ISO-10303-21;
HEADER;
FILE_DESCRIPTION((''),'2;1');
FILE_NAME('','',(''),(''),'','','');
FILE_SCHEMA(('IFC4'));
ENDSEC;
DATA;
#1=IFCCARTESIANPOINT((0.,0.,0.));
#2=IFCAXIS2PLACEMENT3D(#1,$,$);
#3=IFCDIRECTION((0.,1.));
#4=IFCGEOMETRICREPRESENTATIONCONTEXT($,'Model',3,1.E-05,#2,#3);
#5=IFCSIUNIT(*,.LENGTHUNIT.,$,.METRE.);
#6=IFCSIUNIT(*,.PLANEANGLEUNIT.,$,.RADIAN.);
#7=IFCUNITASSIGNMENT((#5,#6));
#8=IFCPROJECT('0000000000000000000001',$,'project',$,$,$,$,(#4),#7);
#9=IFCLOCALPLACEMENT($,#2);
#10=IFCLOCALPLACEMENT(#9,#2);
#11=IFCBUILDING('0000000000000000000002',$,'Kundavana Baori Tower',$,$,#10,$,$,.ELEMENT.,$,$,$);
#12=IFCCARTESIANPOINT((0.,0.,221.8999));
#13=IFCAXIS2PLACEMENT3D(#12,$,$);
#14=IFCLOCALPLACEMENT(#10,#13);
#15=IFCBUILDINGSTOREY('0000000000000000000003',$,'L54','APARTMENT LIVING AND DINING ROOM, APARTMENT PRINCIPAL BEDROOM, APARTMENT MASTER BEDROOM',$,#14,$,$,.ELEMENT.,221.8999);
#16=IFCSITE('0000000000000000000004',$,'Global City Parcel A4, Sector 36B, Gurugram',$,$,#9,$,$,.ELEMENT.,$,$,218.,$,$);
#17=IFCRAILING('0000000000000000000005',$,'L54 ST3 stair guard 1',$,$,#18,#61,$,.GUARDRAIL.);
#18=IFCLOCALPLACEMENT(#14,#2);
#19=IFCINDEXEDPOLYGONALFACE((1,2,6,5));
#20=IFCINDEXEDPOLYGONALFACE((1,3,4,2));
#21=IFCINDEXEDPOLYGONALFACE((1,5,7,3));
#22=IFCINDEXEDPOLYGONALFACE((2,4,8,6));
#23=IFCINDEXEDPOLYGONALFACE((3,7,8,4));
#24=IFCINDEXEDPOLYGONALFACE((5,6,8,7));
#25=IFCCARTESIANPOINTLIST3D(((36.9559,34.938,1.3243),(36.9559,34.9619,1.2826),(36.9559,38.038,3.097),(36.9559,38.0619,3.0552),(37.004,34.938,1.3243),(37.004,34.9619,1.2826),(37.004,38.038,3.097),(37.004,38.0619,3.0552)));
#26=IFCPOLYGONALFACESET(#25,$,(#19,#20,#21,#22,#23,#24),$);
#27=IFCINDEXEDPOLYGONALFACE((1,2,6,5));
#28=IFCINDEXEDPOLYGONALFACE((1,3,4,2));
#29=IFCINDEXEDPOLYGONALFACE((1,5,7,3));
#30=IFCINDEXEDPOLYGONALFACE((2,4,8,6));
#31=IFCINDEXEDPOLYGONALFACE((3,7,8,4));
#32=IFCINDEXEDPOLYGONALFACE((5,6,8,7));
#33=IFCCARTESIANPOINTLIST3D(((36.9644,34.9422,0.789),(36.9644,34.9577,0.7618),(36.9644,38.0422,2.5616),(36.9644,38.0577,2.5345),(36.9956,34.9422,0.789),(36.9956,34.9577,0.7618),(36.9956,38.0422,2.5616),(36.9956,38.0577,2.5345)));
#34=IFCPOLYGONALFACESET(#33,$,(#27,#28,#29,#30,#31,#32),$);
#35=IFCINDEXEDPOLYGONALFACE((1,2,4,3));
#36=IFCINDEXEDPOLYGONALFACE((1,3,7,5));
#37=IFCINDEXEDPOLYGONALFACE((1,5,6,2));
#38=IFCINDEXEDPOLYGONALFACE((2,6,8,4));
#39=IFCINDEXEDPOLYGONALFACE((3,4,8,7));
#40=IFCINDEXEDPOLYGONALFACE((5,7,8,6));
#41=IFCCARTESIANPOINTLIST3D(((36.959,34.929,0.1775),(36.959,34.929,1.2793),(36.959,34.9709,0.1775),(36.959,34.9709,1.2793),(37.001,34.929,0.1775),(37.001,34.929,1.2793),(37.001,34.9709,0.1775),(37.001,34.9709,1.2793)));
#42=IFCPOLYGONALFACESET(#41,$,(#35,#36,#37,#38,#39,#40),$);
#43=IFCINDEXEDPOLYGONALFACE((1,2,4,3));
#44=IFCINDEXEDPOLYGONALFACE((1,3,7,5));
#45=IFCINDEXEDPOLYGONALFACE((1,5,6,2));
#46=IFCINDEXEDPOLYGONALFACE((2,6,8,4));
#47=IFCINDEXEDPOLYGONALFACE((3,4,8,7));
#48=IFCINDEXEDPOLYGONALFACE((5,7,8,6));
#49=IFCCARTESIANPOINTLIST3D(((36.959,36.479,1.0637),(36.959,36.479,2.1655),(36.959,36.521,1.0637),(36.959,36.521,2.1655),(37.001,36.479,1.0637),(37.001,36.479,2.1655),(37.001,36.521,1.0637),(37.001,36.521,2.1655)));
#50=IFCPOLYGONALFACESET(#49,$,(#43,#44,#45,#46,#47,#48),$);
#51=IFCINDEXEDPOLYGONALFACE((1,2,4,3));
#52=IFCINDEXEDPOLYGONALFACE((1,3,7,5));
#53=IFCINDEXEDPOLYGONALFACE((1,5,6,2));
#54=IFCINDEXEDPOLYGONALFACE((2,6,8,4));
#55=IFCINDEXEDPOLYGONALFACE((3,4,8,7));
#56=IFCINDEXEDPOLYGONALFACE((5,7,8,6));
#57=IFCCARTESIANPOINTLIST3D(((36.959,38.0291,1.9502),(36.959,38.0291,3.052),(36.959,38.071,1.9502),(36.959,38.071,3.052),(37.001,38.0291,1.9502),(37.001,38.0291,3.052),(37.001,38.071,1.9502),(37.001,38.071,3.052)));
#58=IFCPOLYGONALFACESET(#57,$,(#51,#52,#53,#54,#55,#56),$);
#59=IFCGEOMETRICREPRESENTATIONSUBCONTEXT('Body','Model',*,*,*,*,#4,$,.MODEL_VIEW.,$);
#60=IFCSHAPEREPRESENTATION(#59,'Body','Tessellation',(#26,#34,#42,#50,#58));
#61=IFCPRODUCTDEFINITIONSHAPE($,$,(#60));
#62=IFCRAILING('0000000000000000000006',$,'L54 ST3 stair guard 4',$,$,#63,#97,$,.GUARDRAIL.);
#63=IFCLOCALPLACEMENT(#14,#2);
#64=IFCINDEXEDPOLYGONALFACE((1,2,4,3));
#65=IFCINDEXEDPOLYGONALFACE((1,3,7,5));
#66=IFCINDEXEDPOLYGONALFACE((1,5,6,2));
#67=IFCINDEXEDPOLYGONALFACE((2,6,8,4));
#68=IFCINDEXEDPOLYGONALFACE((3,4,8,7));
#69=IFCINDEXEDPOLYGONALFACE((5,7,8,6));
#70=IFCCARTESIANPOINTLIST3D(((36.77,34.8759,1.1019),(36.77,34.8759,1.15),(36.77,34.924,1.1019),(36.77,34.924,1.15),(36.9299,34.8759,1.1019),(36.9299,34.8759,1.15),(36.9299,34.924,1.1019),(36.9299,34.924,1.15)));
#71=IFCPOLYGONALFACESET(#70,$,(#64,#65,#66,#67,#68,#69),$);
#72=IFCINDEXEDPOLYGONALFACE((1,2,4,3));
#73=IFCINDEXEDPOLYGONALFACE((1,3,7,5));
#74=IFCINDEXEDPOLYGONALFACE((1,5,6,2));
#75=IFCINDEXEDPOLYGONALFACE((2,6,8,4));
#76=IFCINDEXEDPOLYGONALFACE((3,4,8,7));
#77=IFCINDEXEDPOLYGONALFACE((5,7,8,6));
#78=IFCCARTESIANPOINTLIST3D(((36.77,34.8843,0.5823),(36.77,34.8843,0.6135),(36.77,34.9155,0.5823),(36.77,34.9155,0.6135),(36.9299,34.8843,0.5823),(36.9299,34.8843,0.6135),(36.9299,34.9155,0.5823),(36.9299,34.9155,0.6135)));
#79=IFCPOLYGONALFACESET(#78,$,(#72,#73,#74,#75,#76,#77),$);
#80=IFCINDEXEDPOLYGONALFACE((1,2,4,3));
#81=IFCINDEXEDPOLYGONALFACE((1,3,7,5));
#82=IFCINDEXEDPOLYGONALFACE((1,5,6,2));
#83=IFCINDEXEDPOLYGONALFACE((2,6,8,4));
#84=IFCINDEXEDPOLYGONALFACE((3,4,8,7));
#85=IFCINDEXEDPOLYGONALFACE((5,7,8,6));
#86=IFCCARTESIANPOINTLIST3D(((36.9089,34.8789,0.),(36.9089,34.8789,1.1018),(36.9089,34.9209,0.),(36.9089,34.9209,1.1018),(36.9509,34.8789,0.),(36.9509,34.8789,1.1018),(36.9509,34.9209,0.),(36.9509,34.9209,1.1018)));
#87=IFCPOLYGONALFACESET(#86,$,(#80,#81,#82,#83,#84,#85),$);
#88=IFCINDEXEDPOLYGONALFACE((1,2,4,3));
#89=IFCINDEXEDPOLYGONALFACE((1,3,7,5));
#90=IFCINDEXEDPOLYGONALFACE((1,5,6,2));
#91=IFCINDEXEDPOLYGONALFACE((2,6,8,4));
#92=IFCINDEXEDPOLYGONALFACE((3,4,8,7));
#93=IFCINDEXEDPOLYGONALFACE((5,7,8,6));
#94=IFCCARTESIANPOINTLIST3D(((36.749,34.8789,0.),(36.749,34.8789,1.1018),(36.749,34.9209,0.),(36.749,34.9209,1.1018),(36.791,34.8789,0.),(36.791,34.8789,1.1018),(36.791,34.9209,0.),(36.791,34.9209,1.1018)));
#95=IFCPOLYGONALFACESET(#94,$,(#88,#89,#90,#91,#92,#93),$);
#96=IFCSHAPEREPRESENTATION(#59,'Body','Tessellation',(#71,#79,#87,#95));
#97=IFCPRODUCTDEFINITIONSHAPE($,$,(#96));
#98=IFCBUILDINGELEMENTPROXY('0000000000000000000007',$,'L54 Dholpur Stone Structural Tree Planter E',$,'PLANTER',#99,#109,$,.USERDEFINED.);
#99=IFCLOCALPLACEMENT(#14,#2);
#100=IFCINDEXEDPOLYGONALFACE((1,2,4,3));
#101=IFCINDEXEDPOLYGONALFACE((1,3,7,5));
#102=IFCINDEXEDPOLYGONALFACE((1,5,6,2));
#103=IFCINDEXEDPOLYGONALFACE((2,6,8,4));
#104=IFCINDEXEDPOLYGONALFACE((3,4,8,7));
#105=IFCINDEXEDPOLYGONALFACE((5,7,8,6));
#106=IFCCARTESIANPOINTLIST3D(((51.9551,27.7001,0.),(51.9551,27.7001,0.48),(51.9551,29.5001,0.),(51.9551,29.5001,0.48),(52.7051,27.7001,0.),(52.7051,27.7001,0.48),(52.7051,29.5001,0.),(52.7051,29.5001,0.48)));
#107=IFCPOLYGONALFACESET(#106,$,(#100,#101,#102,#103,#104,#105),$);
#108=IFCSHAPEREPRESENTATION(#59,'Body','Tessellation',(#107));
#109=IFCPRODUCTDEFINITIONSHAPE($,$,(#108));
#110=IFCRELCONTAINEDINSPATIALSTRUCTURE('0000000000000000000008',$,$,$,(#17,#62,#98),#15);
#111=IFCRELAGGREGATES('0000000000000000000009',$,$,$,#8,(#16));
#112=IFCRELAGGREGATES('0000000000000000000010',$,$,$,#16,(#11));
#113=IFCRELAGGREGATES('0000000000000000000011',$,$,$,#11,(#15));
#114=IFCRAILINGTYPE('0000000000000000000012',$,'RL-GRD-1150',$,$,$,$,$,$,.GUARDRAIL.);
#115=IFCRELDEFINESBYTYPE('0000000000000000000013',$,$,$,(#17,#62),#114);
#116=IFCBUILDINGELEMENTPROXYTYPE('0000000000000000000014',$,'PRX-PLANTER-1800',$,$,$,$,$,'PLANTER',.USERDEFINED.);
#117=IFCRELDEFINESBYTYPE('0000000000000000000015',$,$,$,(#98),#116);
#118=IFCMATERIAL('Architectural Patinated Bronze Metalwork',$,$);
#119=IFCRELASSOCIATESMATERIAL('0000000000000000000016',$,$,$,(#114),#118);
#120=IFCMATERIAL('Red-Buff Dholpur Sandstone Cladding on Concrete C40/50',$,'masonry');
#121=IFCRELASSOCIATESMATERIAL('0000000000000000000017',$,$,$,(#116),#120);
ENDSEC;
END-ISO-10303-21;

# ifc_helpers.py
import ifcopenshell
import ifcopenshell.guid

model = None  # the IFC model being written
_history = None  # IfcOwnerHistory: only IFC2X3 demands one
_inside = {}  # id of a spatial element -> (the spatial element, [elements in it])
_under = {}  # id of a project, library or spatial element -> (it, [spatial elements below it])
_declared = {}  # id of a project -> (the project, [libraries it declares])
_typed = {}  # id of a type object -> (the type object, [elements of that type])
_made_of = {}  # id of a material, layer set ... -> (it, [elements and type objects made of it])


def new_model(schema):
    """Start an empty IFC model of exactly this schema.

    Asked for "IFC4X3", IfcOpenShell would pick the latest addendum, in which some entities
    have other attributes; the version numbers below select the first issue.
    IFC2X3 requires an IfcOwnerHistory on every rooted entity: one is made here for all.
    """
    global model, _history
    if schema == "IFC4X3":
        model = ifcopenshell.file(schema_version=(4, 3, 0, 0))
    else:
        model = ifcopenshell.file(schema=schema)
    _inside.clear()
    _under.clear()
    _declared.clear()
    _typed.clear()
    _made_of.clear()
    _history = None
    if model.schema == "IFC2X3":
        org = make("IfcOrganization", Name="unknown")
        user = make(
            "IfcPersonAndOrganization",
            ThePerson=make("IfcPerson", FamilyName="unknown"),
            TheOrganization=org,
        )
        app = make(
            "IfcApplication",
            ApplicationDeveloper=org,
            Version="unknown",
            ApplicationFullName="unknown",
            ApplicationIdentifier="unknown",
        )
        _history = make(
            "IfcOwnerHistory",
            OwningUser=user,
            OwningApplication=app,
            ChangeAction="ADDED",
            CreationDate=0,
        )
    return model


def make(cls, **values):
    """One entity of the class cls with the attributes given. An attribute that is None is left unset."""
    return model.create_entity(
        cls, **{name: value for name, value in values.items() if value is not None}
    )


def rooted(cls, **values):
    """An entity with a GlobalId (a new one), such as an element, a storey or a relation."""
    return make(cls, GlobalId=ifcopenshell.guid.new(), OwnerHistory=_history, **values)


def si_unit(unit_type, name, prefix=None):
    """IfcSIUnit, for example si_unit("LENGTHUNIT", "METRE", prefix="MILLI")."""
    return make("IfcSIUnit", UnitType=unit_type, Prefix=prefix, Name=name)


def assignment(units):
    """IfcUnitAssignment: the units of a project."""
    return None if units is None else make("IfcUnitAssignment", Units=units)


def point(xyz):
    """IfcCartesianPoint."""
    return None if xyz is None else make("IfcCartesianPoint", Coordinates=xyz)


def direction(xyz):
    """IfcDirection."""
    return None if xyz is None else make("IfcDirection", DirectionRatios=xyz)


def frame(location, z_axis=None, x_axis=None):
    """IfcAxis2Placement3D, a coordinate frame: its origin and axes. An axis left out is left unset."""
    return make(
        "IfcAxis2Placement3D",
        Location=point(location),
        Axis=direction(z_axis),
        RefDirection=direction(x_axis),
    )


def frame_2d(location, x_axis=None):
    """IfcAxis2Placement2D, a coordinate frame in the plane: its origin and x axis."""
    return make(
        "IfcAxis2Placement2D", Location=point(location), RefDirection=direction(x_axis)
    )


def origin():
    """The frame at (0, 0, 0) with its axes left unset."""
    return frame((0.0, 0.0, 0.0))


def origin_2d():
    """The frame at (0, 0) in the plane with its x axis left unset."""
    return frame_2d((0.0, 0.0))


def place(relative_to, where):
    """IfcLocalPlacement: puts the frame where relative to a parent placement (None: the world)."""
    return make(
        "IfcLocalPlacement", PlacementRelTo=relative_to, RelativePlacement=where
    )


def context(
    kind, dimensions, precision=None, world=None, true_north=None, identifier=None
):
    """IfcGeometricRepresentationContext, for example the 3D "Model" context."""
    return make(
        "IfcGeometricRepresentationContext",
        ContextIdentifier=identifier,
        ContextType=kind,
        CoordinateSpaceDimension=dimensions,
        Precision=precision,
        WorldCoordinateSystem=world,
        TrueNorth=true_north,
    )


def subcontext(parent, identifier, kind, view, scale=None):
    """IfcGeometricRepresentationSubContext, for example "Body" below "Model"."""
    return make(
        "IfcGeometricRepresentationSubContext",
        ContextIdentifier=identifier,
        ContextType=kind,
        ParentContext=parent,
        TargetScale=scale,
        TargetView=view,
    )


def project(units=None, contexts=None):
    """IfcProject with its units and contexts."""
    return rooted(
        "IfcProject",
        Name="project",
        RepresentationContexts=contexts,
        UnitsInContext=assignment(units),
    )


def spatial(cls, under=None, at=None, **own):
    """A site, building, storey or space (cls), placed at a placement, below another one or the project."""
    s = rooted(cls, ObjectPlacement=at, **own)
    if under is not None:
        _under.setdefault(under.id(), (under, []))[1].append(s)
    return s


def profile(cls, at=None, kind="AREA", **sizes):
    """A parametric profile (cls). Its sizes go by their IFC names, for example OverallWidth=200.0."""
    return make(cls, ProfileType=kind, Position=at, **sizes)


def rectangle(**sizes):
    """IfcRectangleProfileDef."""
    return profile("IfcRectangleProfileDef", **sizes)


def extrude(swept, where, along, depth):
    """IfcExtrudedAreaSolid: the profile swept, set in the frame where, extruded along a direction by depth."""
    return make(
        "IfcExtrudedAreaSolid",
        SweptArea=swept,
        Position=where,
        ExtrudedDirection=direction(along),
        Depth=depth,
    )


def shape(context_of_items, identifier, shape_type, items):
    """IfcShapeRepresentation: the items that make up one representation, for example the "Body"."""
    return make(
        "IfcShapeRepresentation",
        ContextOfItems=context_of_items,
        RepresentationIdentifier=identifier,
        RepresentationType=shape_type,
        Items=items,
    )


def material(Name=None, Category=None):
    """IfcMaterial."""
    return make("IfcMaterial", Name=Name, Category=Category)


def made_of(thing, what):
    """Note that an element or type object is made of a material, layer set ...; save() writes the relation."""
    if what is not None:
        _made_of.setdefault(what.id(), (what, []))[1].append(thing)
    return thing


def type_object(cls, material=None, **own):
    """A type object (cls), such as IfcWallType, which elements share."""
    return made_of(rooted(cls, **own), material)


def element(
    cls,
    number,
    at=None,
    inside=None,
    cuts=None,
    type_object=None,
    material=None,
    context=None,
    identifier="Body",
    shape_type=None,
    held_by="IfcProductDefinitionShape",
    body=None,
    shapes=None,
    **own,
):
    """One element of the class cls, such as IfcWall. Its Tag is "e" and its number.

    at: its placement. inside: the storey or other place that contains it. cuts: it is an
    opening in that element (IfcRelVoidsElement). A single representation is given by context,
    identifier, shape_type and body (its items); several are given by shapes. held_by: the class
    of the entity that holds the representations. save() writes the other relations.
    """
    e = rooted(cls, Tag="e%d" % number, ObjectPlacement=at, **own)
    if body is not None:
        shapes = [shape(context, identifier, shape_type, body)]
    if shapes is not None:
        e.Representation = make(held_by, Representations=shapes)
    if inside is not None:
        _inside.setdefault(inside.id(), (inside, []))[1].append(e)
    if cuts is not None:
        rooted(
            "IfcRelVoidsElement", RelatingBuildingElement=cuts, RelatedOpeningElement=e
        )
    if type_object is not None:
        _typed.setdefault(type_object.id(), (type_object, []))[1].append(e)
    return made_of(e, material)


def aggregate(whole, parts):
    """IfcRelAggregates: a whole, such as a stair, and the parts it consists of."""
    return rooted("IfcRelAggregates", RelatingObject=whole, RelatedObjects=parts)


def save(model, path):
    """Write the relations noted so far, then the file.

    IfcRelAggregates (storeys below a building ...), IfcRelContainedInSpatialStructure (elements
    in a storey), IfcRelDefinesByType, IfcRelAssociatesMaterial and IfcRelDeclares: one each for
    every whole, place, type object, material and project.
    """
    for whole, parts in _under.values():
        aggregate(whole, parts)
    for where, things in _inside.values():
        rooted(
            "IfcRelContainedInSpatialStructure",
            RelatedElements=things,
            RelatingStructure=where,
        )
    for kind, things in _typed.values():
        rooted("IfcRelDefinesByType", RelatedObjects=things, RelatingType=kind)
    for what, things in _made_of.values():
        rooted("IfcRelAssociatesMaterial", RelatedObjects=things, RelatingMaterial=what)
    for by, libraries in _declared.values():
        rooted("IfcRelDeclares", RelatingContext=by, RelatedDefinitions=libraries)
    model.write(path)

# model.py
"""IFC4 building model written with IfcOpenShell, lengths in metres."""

from ifc_helpers import new_model, si_unit, direction, frame, origin, origin_2d, place, context, subcontext, project, spatial, rectangle, extrude, material, type_object, element, save


model = new_model("IFC4")

# Units and contexts
model_context = context("Model", 3, precision=1e-05, world=origin(), true_north=direction((0.0, 1.0)))
body_context = subcontext(model_context, "Body", "Model", "MODEL_VIEW")
ifc_project = project(units=[si_unit("LENGTHUNIT", "METRE"), si_unit("PLANEANGLEUNIT", "RADIAN")], contexts=[model_context])

# Site, building, storey
site_placement = place(None, origin())
site = spatial("IfcSite", under=ifc_project, at=site_placement, Name="Global City Parcel A4, Sector 36B, Gurugram", CompositionType="ELEMENT", RefElevation=218.0)
building_placement = place(site_placement, origin())
building = spatial("IfcBuilding", under=site, at=building_placement, Name="Kundavana Baori Tower", CompositionType="ELEMENT")
storey_placement = place(building_placement, frame((0.0, 0.0, 221.8999)))
storey = spatial("IfcBuildingStorey", under=building, at=storey_placement, Name="L54", Description="APARTMENT LIVING AND DINING ROOM, APARTMENT PRINCIPAL BEDROOM, APARTMENT MASTER BEDROOM", CompositionType="ELEMENT", Elevation=221.8999)

# Railings
ifc_material_1 = material(Name="Architectural Patinated Bronze Metalwork")
railing_type = type_object("IfcRailingType", Name="RL-GRD-1150", PredefinedType="GUARDRAIL", material=ifc_material_1)
railing_1_placement = place(storey_placement, frame((36.98, 34.95, 0.1775)))
element("IfcRailing", 1, at=railing_1_placement, inside=storey, type_object=railing_type, Name="L54 ST3 stair guard 1", PredefinedType="GUARDRAIL", context=body_context, shape_type="SweptSolid", body=[
    extrude(rectangle(XDim=0.0481, YDim=0.0481, at=origin_2d()), frame((0.0, 0.0, 1.126), z_axis=(0.0, 0.868096, 0.496397), x_axis=(-1.0, 0.0, 0.0)), (0.0, 0.0, 1.0), 3.571),
    extrude(rectangle(XDim=0.0312, YDim=0.0312, at=origin_2d()), frame((0.0, 0.0, 0.5979), z_axis=(0.0, 0.868096, 0.496397), x_axis=(-1.0, 0.0, 0.0)), (0.0, 0.0, 1.0), 3.571),
    extrude(rectangle(XDim=0.042, YDim=0.042, at=origin_2d()), origin(), (0.0, 0.0, 1.0), 1.1018),
    extrude(rectangle(XDim=0.042, YDim=0.042, at=origin_2d()), frame((0.0, 1.55, 0.8862)), (0.0, 0.0, 1.0), 1.1018),
    extrude(rectangle(XDim=0.042, YDim=0.042, at=origin_2d()), frame((0.0, 3.1001, 1.7727)), (0.0, 0.0, 1.0), 1.1018),
])
railing_2_placement = place(storey_placement, frame((36.9299, 34.8999, 0.0)))
element("IfcRailing", 2, at=railing_2_placement, inside=storey, type_object=railing_type, Name="L54 ST3 stair guard 4", PredefinedType="GUARDRAIL", context=body_context, shape_type="SweptSolid", body=[
    extrude(rectangle(XDim=0.0481, YDim=0.0481, at=origin_2d()), frame((0.0, 0.0, 1.126), z_axis=(-1.0, 0.0, 0.0), x_axis=(0.0, -1.0, 0.0)), (0.0, 0.0, 1.0), 0.1599),
    extrude(rectangle(XDim=0.0312, YDim=0.0312, at=origin_2d()), frame((0.0, 0.0, 0.5979), z_axis=(-1.0, 0.0, 0.0), x_axis=(0.0, -1.0, 0.0)), (0.0, 0.0, 1.0), 0.1599),
    extrude(rectangle(XDim=0.042, YDim=0.042, at=origin_2d()), origin(), (0.0, 0.0, 1.0), 1.1018),
    extrude(rectangle(XDim=0.042, YDim=0.042, at=origin_2d()), frame((-0.1599, 0.0, 0.0)), (0.0, 0.0, 1.0), 1.1018),
])

# Building element proxy
ifc_material_2 = material(Name="Red-Buff Dholpur Sandstone Cladding on Concrete C40/50", Category="masonry")
building_element_proxy_type = type_object("IfcBuildingElementProxyType", Name="PRX-PLANTER-1800", ElementType="PLANTER", PredefinedType="USERDEFINED", material=ifc_material_2)
proxy_placement = place(storey_placement, frame((52.3301, 28.6001, 0.0), z_axis=(0.0, 0.0, 1.0), x_axis=(0.0, 1.0, 0.0)))
element("IfcBuildingElementProxy", 3, at=proxy_placement, inside=storey, type_object=building_element_proxy_type, Name="L54 Dholpur Stone Structural Tree Planter E", ObjectType="PLANTER", PredefinedType="USERDEFINED", context=body_context, shape_type="SweptSolid", body=[
    extrude(rectangle(XDim=1.8, YDim=0.75, at=origin_2d()), origin(), (0.0, 0.0, 1.0), 0.48),
])

save(model, "model.ifc")
